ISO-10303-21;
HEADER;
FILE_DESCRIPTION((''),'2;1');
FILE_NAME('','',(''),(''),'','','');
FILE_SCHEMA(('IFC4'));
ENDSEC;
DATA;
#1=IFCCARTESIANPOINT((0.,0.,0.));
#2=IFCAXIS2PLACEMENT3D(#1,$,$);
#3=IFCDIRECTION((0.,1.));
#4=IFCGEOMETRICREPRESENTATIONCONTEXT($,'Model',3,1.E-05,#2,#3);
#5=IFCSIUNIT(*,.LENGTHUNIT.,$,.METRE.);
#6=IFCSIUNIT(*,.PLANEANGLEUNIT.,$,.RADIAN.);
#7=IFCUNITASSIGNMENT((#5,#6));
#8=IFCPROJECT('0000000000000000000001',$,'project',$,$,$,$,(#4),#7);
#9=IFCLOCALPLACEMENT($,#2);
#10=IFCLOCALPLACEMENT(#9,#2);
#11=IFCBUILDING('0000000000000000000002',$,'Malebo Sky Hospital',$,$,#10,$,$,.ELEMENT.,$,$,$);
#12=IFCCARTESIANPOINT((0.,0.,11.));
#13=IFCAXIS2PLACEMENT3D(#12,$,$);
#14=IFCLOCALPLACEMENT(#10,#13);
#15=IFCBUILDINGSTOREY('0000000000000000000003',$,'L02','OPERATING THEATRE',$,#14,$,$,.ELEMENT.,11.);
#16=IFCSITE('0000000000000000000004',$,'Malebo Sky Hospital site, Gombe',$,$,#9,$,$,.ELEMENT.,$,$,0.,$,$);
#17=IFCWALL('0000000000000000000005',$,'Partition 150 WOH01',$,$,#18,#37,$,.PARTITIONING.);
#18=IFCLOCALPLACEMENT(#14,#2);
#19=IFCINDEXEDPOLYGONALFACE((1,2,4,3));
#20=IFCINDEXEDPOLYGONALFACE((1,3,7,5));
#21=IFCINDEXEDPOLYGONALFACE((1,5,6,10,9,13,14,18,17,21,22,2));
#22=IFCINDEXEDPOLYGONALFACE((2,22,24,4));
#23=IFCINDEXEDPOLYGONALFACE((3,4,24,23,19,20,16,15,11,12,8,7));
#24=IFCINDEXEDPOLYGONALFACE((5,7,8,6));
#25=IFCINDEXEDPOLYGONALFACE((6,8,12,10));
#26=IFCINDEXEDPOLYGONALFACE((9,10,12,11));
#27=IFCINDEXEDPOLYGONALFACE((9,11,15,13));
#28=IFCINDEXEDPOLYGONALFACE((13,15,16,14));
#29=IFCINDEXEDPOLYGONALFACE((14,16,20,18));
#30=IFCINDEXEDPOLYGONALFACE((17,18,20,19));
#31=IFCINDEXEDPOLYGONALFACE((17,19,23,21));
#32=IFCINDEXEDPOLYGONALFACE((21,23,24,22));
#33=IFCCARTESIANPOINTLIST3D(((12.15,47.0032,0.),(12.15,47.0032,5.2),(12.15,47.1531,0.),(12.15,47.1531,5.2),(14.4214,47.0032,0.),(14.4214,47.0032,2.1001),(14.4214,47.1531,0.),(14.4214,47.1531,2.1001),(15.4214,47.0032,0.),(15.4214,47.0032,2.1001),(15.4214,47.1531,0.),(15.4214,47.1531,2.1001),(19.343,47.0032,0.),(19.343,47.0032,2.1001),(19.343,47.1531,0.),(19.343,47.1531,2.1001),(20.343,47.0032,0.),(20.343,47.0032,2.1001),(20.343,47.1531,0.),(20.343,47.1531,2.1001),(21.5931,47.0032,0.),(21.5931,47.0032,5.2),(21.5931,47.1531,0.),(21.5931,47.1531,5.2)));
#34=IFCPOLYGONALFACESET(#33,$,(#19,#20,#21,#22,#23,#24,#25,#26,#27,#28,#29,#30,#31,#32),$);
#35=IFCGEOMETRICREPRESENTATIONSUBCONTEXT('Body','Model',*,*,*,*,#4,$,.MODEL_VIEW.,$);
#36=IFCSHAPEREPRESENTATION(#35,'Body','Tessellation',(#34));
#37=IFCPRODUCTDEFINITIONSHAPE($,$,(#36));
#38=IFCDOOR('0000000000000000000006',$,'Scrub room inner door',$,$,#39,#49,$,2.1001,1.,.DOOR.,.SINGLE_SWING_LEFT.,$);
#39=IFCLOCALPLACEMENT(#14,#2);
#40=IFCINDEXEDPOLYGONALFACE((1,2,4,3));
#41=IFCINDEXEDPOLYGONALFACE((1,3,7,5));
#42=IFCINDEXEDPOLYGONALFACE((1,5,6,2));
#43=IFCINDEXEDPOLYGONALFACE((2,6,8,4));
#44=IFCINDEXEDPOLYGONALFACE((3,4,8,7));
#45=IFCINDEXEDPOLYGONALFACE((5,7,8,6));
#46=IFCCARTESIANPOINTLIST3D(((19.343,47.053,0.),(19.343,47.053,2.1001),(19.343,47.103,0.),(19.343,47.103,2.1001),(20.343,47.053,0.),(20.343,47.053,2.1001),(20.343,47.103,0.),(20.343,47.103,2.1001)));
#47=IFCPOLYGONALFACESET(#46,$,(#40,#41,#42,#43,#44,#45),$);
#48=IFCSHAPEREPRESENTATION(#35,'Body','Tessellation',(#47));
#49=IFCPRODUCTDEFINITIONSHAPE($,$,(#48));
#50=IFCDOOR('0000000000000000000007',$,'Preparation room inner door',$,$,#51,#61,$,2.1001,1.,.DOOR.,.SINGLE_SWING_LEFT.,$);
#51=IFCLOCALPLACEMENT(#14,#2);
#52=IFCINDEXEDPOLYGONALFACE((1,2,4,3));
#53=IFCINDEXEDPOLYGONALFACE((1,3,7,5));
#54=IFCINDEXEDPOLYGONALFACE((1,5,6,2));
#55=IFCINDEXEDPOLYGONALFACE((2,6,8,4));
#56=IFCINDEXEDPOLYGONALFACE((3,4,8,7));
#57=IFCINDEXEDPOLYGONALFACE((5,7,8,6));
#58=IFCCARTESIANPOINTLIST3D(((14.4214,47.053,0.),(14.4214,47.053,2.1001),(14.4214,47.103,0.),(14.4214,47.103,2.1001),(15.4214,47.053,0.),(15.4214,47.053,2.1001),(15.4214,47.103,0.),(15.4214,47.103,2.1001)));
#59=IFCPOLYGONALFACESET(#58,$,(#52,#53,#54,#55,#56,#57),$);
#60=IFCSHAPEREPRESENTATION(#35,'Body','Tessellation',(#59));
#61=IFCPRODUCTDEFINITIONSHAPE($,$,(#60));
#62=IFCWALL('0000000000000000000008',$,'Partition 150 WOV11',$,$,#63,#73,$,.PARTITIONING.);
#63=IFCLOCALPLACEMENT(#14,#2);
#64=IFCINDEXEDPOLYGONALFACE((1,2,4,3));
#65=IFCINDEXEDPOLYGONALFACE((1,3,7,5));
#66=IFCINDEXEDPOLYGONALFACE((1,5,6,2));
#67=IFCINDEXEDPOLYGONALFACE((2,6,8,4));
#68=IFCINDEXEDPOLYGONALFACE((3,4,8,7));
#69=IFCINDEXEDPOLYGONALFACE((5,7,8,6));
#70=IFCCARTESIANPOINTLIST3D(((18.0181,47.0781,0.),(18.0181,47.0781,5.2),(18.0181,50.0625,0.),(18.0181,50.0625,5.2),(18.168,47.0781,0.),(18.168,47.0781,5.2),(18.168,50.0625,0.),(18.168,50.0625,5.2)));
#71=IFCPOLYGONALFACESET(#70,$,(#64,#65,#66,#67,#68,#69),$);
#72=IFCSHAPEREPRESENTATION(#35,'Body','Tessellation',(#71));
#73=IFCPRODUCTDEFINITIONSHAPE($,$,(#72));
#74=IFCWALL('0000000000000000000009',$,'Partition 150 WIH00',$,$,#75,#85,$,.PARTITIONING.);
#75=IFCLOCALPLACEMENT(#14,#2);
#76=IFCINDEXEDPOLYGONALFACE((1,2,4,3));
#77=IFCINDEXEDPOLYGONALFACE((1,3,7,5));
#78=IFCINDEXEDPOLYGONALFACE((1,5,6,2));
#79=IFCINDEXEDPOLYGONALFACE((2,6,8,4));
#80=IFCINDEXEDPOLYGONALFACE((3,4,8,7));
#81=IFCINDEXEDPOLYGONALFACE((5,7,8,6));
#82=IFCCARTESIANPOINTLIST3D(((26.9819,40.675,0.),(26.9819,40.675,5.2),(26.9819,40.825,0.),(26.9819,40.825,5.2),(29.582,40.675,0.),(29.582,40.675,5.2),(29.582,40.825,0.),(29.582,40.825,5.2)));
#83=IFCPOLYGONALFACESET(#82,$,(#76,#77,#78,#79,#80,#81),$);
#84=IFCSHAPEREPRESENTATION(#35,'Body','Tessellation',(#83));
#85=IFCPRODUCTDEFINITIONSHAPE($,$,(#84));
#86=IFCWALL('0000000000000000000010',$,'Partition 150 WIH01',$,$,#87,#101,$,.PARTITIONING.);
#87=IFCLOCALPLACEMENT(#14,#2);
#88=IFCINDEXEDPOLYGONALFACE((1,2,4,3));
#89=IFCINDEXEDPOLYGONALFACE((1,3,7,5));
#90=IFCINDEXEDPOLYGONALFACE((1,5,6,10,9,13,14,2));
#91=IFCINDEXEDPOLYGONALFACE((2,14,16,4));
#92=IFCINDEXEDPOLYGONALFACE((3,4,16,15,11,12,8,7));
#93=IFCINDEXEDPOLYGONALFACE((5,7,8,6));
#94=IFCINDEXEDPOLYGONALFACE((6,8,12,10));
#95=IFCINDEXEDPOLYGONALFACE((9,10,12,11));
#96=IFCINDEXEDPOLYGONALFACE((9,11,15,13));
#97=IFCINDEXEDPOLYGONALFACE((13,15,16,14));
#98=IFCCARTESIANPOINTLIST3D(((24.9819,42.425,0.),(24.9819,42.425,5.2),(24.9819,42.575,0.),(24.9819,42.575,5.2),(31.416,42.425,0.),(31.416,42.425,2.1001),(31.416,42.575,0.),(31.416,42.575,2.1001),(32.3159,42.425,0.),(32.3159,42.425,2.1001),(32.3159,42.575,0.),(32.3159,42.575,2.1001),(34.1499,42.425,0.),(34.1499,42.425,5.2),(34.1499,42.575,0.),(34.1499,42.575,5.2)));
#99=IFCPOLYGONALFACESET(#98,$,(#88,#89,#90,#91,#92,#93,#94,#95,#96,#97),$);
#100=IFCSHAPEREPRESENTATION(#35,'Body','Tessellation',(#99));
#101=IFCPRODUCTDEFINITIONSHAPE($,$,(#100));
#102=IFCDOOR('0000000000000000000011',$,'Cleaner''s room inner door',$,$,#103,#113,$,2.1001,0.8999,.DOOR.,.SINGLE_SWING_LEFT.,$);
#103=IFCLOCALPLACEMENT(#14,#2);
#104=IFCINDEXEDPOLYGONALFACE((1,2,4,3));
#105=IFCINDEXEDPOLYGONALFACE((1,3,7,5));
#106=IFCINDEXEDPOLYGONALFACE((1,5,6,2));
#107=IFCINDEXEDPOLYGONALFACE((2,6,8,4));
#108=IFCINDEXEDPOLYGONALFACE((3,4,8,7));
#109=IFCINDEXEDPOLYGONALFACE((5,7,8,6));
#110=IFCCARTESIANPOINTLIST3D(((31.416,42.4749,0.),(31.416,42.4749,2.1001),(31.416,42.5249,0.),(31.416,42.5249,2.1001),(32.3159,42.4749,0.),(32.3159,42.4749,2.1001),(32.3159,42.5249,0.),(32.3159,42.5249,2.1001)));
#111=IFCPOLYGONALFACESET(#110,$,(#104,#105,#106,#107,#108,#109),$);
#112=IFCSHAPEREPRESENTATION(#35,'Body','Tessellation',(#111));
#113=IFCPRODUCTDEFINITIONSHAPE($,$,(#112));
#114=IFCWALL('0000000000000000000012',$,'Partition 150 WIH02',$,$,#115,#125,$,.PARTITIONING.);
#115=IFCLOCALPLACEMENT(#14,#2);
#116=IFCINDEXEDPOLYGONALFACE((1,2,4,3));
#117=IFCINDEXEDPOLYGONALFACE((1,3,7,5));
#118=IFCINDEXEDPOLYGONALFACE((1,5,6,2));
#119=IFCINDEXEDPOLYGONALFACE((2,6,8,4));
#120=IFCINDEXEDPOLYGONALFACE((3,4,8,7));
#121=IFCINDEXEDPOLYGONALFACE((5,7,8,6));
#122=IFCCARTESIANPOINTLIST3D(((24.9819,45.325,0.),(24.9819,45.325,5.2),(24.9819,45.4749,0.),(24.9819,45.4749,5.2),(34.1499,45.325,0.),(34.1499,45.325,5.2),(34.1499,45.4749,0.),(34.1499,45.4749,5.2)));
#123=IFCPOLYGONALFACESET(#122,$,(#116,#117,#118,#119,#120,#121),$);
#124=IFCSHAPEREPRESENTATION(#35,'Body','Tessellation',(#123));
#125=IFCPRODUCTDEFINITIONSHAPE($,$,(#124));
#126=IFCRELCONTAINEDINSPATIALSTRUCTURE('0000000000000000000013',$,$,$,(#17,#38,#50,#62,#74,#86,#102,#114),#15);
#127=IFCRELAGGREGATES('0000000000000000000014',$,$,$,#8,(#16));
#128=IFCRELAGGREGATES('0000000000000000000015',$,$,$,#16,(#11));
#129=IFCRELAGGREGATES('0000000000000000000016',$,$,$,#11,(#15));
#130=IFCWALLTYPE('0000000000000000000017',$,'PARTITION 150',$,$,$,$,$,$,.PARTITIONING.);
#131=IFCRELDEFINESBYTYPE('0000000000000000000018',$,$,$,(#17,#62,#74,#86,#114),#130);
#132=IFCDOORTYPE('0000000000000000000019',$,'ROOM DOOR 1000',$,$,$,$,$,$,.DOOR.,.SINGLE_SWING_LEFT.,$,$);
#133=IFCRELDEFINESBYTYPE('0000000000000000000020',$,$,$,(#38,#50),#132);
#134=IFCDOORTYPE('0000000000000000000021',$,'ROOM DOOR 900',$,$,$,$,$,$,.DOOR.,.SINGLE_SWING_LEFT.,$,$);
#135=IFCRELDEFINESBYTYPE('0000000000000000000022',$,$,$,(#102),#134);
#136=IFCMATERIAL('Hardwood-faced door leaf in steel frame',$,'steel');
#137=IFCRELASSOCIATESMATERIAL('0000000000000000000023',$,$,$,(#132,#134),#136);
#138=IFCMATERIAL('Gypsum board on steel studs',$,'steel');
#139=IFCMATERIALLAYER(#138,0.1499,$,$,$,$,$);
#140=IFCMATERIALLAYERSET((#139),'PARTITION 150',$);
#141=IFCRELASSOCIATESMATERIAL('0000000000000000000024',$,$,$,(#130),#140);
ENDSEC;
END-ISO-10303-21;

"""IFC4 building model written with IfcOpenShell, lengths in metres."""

from ifc_helpers import new_model, si_unit, direction, frame, frame_2d, origin, place, context, subcontext, project, spatial, rectangle, extrude, material, layer, layer_set, type_object, element, fill, save


model = new_model("IFC4")

# Units and contexts
model_context = context("Model", 3, precision=1e-05, world=origin(), true_north=direction((0.0, 1.0)))
body_context = subcontext(model_context, "Body", "Model", "MODEL_VIEW")
ifc_project = project(units=[si_unit("LENGTHUNIT", "METRE"), si_unit("PLANEANGLEUNIT", "RADIAN")], contexts=[model_context])

# Site, building, storey
site_placement = place(None, origin())
site = spatial("IfcSite", under=ifc_project, at=site_placement, Name="Malebo Sky Hospital site, Gombe", CompositionType="ELEMENT", RefElevation=0.0)
building_placement = place(site_placement, origin())
building = spatial("IfcBuilding", under=site, at=building_placement, Name="Malebo Sky Hospital", CompositionType="ELEMENT")
storey_placement = place(building_placement, frame((0.0, 0.0, 11.0)))
storey = spatial("IfcBuildingStorey", under=building, at=storey_placement, Name="L02", Description="OPERATING THEATRE", CompositionType="ELEMENT", Elevation=11.0)

# Wall, openings, doors
ifc_material_1 = material(Name="Gypsum board on steel studs", Category="steel")
ifc_material_2 = material(Name="Hardwood-faced door leaf in steel frame", Category="steel")
door_type_1 = type_object("IfcDoorType", Name="ROOM DOOR 1000", OperationType="SINGLE_SWING_LEFT", PredefinedType="DOOR", material=ifc_material_2)
ifc_layer_1 = layer(ifc_material_1, 0.1499)
ifc_layer_set_1 = layer_set([ifc_layer_1], Name="PARTITION 150")
wall_type_1 = type_object("IfcWallType", Name="PARTITION 150", PredefinedType="PARTITIONING", material=ifc_layer_set_1)
wall_1_placement = place(storey_placement, frame((12.1499, 47.0781, 0.0), z_axis=(0.0, 0.0, 1.0), x_axis=(1.0, 0.0, 0.0)))
wall_1 = element("IfcWall", 1, at=wall_1_placement, inside=storey, type_object=wall_type_1, Name="Partition 150 WOH01", PredefinedType="PARTITIONING", context=body_context, shape_type="SweptSolid", body=[
    extrude(rectangle(XDim=9.4431, YDim=0.1499, at=frame_2d((4.7217, 0.0))), origin(), (0.0, 0.0, 1.0), 5.2),
])
opening_1_placement = place(wall_1_placement, frame((7.1931, 0.0, 0.0)))
opening_1 = element("IfcOpeningElement", 2, at=opening_1_placement, cuts=wall_1, PredefinedType="OPENING", context=body_context, shape_type="SweptSolid", body=[
    extrude(rectangle(XDim=1.0, YDim=2.1001, at=frame_2d((0.5, 1.05))), frame((0.0, 0.085, 0.0), z_axis=(0.0, -1.0, 0.0), x_axis=(1.0, 0.0, 0.0)), (0.0, 0.0, 1.0), 0.1699),
])
opening_2_placement = place(wall_1_placement, frame((2.2715, 0.0, 0.0)))
opening_2 = element("IfcOpeningElement", 3, at=opening_2_placement, cuts=wall_1, PredefinedType="OPENING", context=body_context, shape_type="SweptSolid", body=[
    extrude(rectangle(XDim=1.0, YDim=2.1001, at=frame_2d((0.5, 1.05))), frame((0.0, 0.085, 0.0), z_axis=(0.0, -1.0, 0.0), x_axis=(1.0, 0.0, 0.0)), (0.0, 0.0, 1.0), 0.1699),
])
door_1_placement = place(opening_1_placement, origin())
door_1 = element("IfcDoor", 4, at=door_1_placement, inside=storey, type_object=door_type_1, Name="Scrub room inner door", OperationType="SINGLE_SWING_LEFT", OverallHeight=2.1001, OverallWidth=1.0, PredefinedType="DOOR", context=body_context, shape_type="SweptSolid", body=[
    extrude(rectangle(XDim=1.0, YDim=2.1001, at=frame_2d((0.5, 1.05))), frame((0.0, 0.0249, 0.0), z_axis=(0.0, -1.0, 0.0), x_axis=(1.0, 0.0, 0.0)), (0.0, 0.0, 1.0), 0.05),
])
fill(opening_1, door_1)
door_2_placement = place(opening_2_placement, origin())
door_2 = element("IfcDoor", 5, at=door_2_placement, inside=storey, type_object=door_type_1, Name="Preparation room inner door", OperationType="SINGLE_SWING_LEFT", OverallHeight=2.1001, OverallWidth=1.0, PredefinedType="DOOR", context=body_context, shape_type="SweptSolid", body=[
    extrude(rectangle(XDim=1.0, YDim=2.1001, at=frame_2d((0.5, 1.05))), frame((0.0, 0.0249, 0.0), z_axis=(0.0, -1.0, 0.0), x_axis=(1.0, 0.0, 0.0)), (0.0, 0.0, 1.0), 0.05),
])
fill(opening_2, door_2)

# Walls
wall_2_placement = place(storey_placement, frame((18.093, 47.0781, 0.0), z_axis=(0.0, 0.0, 1.0), x_axis=(0.0, 1.0, 0.0)))
element("IfcWall", 6, at=wall_2_placement, inside=storey, type_object=wall_type_1, Name="Partition 150 WOV11", PredefinedType="PARTITIONING", context=body_context, shape_type="SweptSolid", body=[
    extrude(rectangle(XDim=2.9844, YDim=0.1499, at=frame_2d((1.4922, 0.0))), origin(), (0.0, 0.0, 1.0), 5.2),
])
wall_3_placement = place(storey_placement, frame((26.9819, 40.75, 0.0), z_axis=(0.0, 0.0, 1.0), x_axis=(1.0, 0.0, 0.0)))
element("IfcWall", 7, at=wall_3_placement, inside=storey, type_object=wall_type_1, Name="Partition 150 WIH00", PredefinedType="PARTITIONING", context=body_context, shape_type="SweptSolid", body=[
    extrude(rectangle(XDim=2.6001, YDim=0.1499, at=frame_2d((1.3, 0.0))), origin(), (0.0, 0.0, 1.0), 5.2),
])

# Wall, opening, door
wall_4_placement = place(storey_placement, frame((24.9819, 42.5, 0.0), z_axis=(0.0, 0.0, 1.0), x_axis=(1.0, 0.0, 0.0)))
wall_4 = element("IfcWall", 8, at=wall_4_placement, inside=storey, type_object=wall_type_1, Name="Partition 150 WIH01", PredefinedType="PARTITIONING", context=body_context, shape_type="SweptSolid", body=[
    extrude(rectangle(XDim=9.168, YDim=0.1499, at=frame_2d((4.584, 0.0))), origin(), (0.0, 0.0, 1.0), 5.2),
])
opening_3_placement = place(wall_4_placement, frame((6.4341, 0.0, 0.0)))
opening_3 = element("IfcOpeningElement", 9, at=opening_3_placement, cuts=wall_4, PredefinedType="OPENING", context=body_context, shape_type="SweptSolid", body=[
    extrude(rectangle(XDim=0.8999, YDim=2.1001, at=frame_2d((0.45, 1.05))), frame((0.0, 0.085, 0.0), z_axis=(0.0, -1.0, 0.0), x_axis=(1.0, 0.0, 0.0)), (0.0, 0.0, 1.0), 0.1699),
])
door_type_2 = type_object("IfcDoorType", Name="ROOM DOOR 900", OperationType="SINGLE_SWING_LEFT", PredefinedType="DOOR", material=ifc_material_2)
door_3_placement = place(opening_3_placement, origin())
door_3 = element("IfcDoor", 10, at=door_3_placement, inside=storey, type_object=door_type_2, Name="Cleaner's room inner door", OperationType="SINGLE_SWING_LEFT", OverallHeight=2.1001, OverallWidth=0.8999, PredefinedType="DOOR", context=body_context, shape_type="SweptSolid", body=[
    extrude(rectangle(XDim=0.8999, YDim=2.1001, at=frame_2d((0.45, 1.05))), frame((0.0, 0.0249, 0.0), z_axis=(0.0, -1.0, 0.0), x_axis=(1.0, 0.0, 0.0)), (0.0, 0.0, 1.0), 0.05),
])
fill(opening_3, door_3)

# Wall
wall_5_placement = place(storey_placement, frame((24.9819, 45.3999, 0.0), z_axis=(0.0, 0.0, 1.0), x_axis=(1.0, 0.0, 0.0)))
element("IfcWall", 11, at=wall_5_placement, inside=storey, type_object=wall_type_1, Name="Partition 150 WIH02", PredefinedType="PARTITIONING", context=body_context, shape_type="SweptSolid", body=[
    extrude(rectangle(XDim=9.168, YDim=0.1499, at=frame_2d((4.584, 0.0))), origin(), (0.0, 0.0, 1.0), 5.2),
])

save(model, "model.ifc")
